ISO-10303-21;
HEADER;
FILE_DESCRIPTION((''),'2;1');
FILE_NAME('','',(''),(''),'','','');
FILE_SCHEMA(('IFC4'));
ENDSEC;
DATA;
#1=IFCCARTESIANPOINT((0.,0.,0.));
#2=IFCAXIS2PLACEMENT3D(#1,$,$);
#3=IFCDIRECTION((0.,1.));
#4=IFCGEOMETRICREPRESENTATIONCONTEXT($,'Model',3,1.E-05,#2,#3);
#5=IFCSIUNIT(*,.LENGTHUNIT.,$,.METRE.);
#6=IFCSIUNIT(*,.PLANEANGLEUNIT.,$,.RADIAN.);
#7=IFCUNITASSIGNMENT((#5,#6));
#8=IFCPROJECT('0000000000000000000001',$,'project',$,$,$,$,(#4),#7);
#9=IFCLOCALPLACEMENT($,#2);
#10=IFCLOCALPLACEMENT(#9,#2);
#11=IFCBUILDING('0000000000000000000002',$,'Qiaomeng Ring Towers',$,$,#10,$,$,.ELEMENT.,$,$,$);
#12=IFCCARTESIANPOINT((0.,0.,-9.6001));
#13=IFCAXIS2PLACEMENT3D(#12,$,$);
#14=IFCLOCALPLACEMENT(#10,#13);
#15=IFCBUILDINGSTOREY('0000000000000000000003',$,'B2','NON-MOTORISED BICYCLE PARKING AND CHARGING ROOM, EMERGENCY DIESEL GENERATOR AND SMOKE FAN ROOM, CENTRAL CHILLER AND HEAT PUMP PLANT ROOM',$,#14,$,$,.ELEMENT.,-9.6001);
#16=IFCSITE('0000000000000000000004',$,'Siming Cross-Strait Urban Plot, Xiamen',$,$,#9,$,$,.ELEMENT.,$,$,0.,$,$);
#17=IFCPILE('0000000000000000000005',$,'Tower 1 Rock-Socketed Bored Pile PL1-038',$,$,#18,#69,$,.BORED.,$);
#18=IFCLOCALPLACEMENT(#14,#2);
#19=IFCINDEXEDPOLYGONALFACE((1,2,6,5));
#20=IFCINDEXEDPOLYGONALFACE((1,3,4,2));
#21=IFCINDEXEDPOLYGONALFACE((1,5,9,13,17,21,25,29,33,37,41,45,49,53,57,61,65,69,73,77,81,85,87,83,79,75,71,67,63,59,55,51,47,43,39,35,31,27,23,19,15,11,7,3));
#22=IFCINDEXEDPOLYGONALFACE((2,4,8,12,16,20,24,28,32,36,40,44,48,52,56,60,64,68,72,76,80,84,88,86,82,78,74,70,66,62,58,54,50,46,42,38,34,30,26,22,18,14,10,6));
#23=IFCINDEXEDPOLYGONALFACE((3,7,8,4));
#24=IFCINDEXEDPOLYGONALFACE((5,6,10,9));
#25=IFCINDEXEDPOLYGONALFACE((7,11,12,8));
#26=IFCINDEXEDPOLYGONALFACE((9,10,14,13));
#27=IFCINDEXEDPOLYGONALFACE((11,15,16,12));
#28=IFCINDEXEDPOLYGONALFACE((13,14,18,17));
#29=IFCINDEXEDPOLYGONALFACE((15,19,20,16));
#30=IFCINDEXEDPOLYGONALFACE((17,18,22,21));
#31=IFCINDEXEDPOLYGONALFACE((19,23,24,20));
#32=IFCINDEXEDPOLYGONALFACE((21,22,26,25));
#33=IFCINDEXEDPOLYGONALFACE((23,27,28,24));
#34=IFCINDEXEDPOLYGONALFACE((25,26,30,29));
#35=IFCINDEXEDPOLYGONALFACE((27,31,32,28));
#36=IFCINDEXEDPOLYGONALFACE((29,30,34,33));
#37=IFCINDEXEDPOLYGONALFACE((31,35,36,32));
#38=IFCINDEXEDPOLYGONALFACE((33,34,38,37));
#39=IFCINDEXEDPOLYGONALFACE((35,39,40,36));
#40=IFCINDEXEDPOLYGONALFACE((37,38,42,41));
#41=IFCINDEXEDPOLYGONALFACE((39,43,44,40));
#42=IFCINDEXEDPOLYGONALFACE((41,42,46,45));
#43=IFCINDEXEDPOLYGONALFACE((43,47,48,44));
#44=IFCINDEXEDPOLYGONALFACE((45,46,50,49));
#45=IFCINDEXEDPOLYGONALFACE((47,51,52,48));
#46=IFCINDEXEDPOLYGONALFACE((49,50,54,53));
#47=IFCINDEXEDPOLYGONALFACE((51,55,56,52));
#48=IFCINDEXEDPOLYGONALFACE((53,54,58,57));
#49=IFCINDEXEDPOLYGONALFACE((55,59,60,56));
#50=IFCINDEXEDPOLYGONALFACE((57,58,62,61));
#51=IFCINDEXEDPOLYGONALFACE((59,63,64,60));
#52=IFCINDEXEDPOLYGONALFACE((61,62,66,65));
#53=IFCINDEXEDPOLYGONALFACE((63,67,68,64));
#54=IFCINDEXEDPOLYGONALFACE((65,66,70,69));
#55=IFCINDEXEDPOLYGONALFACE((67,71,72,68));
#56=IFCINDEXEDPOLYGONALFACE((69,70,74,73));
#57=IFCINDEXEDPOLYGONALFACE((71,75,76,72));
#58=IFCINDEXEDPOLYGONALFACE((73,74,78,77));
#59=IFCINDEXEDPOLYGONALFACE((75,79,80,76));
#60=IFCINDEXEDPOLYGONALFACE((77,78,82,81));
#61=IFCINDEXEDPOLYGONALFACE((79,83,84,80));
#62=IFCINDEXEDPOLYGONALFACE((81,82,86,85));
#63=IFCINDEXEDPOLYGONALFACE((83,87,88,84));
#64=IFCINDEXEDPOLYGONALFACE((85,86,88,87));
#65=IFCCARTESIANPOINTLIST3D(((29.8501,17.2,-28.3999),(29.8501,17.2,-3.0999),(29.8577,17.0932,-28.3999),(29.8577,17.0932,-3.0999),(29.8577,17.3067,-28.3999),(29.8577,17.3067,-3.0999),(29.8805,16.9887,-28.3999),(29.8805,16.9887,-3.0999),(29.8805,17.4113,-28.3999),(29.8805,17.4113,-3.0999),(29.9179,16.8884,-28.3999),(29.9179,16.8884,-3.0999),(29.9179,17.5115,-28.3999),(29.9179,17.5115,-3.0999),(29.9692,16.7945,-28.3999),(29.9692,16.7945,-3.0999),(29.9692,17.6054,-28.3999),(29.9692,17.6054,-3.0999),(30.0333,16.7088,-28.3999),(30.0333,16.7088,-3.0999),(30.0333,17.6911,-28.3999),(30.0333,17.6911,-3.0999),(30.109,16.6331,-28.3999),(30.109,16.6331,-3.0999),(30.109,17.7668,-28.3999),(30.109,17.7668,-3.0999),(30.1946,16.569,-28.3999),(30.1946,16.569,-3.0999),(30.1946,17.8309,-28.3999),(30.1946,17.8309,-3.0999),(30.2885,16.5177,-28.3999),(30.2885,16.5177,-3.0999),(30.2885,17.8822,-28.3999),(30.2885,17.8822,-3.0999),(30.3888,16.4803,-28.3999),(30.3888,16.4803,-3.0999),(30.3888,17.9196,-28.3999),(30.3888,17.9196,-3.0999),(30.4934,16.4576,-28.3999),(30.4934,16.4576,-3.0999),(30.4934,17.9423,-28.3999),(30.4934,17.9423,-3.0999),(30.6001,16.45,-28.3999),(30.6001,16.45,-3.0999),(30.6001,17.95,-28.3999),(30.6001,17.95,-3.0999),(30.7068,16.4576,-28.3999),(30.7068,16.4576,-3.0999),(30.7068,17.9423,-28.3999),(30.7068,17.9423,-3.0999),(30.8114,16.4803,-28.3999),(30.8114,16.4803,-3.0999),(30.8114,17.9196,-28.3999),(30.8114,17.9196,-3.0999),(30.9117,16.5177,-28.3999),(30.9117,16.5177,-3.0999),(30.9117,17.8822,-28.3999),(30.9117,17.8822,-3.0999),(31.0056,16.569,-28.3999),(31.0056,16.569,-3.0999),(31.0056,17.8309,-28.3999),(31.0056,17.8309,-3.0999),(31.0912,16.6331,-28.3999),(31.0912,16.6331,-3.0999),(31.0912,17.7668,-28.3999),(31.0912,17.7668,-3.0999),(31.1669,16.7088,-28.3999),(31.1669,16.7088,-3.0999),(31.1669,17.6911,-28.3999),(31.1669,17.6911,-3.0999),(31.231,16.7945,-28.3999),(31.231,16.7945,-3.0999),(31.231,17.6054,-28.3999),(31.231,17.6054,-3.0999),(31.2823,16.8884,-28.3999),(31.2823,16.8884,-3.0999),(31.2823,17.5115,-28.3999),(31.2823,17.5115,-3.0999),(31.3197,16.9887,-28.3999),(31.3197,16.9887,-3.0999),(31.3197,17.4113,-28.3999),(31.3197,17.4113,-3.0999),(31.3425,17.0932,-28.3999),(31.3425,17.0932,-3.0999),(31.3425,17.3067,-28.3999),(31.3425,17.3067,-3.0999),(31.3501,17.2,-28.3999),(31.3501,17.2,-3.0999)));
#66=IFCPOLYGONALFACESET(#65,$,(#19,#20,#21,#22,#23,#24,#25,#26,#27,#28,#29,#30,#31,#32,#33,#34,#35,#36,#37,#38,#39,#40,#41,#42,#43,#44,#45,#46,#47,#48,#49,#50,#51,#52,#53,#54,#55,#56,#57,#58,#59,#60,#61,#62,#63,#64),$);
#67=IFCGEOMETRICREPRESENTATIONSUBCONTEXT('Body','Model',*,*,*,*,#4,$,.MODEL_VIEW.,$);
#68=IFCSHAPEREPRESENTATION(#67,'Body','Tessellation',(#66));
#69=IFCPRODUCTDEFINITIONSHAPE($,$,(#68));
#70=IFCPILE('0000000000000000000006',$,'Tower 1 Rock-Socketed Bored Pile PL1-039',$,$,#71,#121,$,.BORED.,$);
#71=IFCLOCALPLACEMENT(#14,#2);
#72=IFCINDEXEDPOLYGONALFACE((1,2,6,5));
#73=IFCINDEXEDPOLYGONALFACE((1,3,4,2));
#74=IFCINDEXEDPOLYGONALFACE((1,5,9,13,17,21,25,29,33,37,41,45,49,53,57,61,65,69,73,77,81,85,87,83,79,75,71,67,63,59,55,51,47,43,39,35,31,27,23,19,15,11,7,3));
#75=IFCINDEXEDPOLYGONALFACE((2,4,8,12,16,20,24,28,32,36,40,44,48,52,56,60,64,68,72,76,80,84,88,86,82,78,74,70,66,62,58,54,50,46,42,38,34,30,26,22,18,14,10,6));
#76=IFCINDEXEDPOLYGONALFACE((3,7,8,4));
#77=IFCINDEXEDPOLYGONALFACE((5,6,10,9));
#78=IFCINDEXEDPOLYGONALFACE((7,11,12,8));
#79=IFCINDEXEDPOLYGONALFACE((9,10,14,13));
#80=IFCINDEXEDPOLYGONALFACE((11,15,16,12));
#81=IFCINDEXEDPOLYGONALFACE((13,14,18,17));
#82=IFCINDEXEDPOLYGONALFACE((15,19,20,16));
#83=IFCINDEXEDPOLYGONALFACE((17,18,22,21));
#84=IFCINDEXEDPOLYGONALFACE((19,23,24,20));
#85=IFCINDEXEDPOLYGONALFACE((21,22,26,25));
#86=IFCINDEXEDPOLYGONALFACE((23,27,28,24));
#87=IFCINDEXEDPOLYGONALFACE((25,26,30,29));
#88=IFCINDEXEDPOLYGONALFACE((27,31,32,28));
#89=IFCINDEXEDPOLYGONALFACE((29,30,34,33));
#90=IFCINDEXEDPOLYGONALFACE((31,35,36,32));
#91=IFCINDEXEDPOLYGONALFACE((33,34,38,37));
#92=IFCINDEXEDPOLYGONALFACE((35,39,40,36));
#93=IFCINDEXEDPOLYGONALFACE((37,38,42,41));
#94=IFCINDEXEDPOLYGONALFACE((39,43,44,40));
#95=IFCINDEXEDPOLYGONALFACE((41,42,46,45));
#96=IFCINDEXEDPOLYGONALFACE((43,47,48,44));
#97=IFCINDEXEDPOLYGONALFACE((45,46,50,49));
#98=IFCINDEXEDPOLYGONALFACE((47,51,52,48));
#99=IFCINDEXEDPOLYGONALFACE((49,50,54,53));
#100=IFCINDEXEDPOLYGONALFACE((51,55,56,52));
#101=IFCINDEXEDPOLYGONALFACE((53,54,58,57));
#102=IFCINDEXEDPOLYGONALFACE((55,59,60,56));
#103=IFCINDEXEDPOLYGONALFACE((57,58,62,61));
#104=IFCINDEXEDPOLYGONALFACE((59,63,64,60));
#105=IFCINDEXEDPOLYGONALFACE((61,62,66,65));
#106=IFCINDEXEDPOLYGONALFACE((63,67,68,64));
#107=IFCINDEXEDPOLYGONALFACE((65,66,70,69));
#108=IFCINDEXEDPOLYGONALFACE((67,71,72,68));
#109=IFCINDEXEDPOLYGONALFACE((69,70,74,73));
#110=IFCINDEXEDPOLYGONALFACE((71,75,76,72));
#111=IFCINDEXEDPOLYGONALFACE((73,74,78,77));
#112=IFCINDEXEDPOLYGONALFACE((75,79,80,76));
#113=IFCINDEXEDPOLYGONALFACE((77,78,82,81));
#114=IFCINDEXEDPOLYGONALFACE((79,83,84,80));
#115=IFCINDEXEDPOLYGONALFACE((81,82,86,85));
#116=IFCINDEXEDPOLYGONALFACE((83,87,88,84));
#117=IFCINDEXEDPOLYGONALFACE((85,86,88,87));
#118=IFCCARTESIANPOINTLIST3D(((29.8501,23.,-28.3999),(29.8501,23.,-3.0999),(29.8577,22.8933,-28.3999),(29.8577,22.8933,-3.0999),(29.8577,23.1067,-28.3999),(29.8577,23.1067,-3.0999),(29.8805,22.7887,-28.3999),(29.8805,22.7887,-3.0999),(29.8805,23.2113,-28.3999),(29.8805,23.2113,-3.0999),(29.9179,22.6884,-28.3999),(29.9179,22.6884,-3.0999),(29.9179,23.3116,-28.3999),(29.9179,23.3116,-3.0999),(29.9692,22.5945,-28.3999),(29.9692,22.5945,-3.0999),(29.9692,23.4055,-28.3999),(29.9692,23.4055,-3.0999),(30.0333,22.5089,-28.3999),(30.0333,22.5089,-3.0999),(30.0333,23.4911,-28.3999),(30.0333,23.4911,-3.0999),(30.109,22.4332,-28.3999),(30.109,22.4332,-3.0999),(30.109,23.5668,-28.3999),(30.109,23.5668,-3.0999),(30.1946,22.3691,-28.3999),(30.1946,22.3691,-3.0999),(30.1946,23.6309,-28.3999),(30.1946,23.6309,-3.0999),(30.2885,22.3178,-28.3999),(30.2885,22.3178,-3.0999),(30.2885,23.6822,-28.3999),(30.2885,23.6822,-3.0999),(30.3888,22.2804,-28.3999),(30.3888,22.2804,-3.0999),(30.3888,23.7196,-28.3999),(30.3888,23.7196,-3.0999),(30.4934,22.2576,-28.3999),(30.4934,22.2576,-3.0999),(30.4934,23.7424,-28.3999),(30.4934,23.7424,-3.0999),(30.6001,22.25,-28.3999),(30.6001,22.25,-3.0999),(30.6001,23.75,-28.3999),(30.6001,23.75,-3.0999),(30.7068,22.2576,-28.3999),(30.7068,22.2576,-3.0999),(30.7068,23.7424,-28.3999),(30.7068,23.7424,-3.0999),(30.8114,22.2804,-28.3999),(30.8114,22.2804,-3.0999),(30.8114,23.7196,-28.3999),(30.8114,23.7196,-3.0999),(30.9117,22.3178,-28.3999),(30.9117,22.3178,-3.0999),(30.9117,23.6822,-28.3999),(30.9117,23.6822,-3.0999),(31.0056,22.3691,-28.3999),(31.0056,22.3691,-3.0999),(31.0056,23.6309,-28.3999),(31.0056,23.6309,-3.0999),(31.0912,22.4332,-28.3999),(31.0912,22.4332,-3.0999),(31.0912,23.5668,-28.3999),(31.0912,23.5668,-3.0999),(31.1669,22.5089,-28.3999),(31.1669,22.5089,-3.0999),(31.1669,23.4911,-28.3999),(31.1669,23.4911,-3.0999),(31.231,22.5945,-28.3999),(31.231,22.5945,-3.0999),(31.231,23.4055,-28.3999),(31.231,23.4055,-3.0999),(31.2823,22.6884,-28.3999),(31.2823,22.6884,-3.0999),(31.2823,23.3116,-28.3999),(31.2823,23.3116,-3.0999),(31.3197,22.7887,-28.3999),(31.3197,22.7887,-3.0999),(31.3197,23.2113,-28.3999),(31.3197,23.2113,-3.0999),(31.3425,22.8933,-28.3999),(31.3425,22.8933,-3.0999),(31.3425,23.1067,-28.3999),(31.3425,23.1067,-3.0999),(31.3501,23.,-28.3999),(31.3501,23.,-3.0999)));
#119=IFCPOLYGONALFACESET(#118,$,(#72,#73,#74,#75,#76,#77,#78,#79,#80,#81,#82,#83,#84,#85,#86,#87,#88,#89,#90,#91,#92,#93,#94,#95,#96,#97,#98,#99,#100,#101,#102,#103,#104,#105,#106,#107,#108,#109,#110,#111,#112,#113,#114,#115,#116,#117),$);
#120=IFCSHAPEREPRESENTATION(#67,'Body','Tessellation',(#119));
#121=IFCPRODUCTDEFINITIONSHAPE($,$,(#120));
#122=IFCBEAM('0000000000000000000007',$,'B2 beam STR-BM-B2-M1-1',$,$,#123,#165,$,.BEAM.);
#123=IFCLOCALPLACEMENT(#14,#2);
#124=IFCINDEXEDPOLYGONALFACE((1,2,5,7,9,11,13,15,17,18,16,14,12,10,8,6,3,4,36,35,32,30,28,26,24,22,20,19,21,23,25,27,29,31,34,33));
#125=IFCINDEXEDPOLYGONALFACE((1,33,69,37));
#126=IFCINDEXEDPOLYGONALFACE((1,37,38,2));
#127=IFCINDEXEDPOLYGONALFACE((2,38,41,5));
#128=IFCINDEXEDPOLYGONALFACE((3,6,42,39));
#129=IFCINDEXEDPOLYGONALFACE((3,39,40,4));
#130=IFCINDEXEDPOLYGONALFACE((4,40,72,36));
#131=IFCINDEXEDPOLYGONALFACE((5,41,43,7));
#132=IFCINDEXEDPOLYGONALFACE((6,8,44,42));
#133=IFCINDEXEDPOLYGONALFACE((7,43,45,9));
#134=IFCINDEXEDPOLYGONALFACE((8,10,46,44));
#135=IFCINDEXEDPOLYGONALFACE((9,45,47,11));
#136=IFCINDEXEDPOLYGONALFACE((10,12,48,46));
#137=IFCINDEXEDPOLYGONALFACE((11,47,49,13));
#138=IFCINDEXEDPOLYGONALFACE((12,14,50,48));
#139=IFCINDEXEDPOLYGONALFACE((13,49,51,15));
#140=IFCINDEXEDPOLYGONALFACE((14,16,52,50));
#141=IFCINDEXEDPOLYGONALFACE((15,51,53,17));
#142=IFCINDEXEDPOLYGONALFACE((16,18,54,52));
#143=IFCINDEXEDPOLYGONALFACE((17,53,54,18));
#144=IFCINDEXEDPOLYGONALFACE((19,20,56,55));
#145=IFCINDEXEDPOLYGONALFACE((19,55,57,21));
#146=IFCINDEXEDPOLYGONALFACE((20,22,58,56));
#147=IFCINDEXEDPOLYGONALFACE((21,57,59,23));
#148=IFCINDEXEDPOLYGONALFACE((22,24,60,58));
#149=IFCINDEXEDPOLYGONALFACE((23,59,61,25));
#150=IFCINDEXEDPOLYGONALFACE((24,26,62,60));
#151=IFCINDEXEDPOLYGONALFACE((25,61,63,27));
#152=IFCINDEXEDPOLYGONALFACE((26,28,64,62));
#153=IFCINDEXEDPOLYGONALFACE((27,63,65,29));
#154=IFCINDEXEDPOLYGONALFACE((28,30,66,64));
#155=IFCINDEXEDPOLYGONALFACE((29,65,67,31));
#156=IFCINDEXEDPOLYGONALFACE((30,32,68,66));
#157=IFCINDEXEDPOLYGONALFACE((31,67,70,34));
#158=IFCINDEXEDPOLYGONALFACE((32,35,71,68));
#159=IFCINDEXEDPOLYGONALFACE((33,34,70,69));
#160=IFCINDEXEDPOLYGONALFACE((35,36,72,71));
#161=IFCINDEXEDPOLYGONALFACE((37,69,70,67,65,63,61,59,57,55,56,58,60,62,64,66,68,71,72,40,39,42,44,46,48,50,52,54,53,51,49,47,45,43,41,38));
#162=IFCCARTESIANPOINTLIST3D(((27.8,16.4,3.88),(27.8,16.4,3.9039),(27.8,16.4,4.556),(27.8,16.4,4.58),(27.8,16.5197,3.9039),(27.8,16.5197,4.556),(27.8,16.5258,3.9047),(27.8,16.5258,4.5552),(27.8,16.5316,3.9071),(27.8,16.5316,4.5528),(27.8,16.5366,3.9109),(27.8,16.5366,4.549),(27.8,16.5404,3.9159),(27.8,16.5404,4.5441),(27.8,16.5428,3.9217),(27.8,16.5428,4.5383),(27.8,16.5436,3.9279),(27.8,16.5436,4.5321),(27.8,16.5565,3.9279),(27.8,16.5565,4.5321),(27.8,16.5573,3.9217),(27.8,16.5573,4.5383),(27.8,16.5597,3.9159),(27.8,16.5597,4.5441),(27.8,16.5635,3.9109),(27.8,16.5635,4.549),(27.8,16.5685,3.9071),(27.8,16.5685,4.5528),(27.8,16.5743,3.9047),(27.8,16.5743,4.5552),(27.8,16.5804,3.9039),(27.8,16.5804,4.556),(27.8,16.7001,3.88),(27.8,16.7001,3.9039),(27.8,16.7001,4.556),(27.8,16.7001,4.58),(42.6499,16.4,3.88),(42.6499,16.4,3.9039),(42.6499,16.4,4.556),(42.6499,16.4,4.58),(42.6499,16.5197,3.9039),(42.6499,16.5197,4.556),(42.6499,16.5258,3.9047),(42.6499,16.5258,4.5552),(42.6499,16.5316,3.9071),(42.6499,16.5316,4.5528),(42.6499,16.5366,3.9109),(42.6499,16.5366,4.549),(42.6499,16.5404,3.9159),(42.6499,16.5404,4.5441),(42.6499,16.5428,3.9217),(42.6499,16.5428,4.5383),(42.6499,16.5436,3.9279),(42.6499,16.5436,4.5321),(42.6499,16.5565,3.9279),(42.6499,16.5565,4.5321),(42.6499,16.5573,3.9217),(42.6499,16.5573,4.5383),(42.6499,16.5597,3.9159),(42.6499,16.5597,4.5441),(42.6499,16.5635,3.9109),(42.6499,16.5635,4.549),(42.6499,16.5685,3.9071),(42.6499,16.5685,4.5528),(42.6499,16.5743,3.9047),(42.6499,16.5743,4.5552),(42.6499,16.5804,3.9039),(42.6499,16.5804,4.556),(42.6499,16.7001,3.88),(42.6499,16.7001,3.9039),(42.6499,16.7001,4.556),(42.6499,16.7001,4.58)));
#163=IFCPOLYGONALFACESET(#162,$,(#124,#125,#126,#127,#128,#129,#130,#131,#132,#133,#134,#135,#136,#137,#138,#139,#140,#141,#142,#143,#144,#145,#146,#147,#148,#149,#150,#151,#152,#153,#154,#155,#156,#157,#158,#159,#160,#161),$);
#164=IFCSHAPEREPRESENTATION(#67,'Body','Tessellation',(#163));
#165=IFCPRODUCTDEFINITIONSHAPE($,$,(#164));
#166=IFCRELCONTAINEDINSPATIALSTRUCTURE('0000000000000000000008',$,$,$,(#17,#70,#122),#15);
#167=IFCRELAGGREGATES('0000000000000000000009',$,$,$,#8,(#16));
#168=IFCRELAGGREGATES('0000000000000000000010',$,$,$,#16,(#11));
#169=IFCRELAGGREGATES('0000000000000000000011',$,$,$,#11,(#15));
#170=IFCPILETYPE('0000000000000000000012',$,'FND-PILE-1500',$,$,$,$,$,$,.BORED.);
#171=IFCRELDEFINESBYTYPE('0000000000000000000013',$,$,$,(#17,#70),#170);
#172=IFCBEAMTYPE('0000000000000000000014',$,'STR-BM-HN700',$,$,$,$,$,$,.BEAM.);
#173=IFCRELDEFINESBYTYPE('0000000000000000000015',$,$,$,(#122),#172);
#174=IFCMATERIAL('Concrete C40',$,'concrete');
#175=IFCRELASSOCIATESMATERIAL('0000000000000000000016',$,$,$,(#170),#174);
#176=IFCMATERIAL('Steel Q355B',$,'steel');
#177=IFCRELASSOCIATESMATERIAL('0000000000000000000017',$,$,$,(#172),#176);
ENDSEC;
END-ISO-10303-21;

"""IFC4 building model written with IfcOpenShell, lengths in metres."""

from ifc_helpers import new_model, si_unit, direction, frame, origin, origin_2d, place, context, subcontext, project, spatial, circle, i_section, extrude, source, transform, mapped, material, material_profile, profile_set, type_object, element, save


model = new_model("IFC4")

# Units and contexts
model_context = context("Model", 3, precision=1e-05, world=origin(), true_north=direction((0.0, 1.0)))
body_context = subcontext(model_context, "Body", "Model", "MODEL_VIEW")
ifc_project = project(units=[si_unit("LENGTHUNIT", "METRE"), si_unit("PLANEANGLEUNIT", "RADIAN")], contexts=[model_context])

# Site, building, storey
site_placement = place(None, origin())
site = spatial("IfcSite", under=ifc_project, at=site_placement, Name="Siming Cross-Strait Urban Plot, Xiamen", CompositionType="ELEMENT", RefElevation=0.0)
building_placement = place(site_placement, origin())
building = spatial("IfcBuilding", under=site, at=building_placement, Name="Qiaomeng Ring Towers", CompositionType="ELEMENT")
storey_placement = place(building_placement, frame((0.0, 0.0, -9.6001)))
storey = spatial("IfcBuildingStorey", under=building, at=storey_placement, Name="B2", Description="NON-MOTORISED BICYCLE PARKING AND CHARGING ROOM, EMERGENCY DIESEL GENERATOR AND SMOKE FAN ROOM, CENTRAL CHILLER AND HEAT PUMP PLANT ROOM", CompositionType="ELEMENT", Elevation=-9.6001)

# Piles
ifc_material_1 = material(Name="Concrete C40", Category="concrete")
ifc_material_profile_1 = material_profile(ifc_material_1, circle(Radius=0.75, at=origin_2d()), Name="BORED PILE 1500")
ifc_profile_set_1 = profile_set([ifc_material_profile_1], Name="Concrete C40")
pile_type = type_object("IfcPileType", Name="FND-PILE-1500", PredefinedType="BORED", material=ifc_profile_set_1)
shared_shape_1 = source(origin(), body_context, "Body", "SweptSolid", [
    extrude(circle(Radius=0.75, at=origin_2d()), origin(), (0.0, 0.0, 1.0), 25.3),
])
for number, where, z_axis, x_axis, name in (
    (1, (30.6001, 17.2, -3.0999), (0.0, 0.0, -1.0), (1.0, 0.0, 0.0), "Tower 1 Rock-Socketed Bored Pile PL1-038"),
    (2, (30.6001, 23.0, -3.0999), (0.0, 0.0, -1.0), (1.0, 0.0, 0.0), "Tower 1 Rock-Socketed Bored Pile PL1-039"),
):
    element("IfcPile", number, at=place(storey_placement, frame(where, z_axis=z_axis, x_axis=x_axis)), inside=storey, type_object=pile_type, Name=name, PredefinedType="BORED", context=body_context, shape_type="MappedRepresentation", body=[
        mapped(shared_shape_1, transform((0.0, 0.0, 0.0), x_axis=(1.0, 0.0, 0.0), y_axis=(0.0, 1.0, 0.0), z_axis=(0.0, 0.0, 1.0), scale=1.0)),
    ])

# Beam
ifc_material_2 = material(Name="Steel Q355B", Category="steel")
ifc_material_profile_2 = material_profile(ifc_material_2, i_section(OverallWidth=0.3, OverallDepth=0.7, WebThickness=0.0129, FlangeThickness=0.0239, FilletRadius=0.0239, at=origin_2d()), Name="HN 700x300x13x24")
ifc_profile_set_2 = profile_set([ifc_material_profile_2], Name="Steel Q355B")
beam_type = type_object("IfcBeamType", Name="STR-BM-HN700", PredefinedType="BEAM", material=ifc_profile_set_2)
shared_shape_2 = source(origin(), body_context, "Body", "SweptSolid", [
    extrude(i_section(OverallWidth=0.3, OverallDepth=0.7, WebThickness=0.0129, FlangeThickness=0.0239, FilletRadius=0.0239, at=origin_2d()), origin(), (0.0, 0.0, 1.0), 14.8499),
])
for number, where, z_axis, x_axis, name in (
    (3, (27.8, 16.55, 4.23), (1.0, 0.0, 0.0), (0.0, 1.0, 0.0), "B2 beam STR-BM-B2-M1-1"),
):
    element("IfcBeam", number, at=place(storey_placement, frame(where, z_axis=z_axis, x_axis=x_axis)), inside=storey, type_object=beam_type, Name=name, PredefinedType="BEAM", context=body_context, shape_type="MappedRepresentation", body=[
        mapped(shared_shape_2, transform((0.0, 0.0, 0.0), x_axis=(1.0, 0.0, 0.0), y_axis=(0.0, 1.0, 0.0), z_axis=(0.0, 0.0, 1.0), scale=1.0)),
    ])

save(model, "model.ifc")
